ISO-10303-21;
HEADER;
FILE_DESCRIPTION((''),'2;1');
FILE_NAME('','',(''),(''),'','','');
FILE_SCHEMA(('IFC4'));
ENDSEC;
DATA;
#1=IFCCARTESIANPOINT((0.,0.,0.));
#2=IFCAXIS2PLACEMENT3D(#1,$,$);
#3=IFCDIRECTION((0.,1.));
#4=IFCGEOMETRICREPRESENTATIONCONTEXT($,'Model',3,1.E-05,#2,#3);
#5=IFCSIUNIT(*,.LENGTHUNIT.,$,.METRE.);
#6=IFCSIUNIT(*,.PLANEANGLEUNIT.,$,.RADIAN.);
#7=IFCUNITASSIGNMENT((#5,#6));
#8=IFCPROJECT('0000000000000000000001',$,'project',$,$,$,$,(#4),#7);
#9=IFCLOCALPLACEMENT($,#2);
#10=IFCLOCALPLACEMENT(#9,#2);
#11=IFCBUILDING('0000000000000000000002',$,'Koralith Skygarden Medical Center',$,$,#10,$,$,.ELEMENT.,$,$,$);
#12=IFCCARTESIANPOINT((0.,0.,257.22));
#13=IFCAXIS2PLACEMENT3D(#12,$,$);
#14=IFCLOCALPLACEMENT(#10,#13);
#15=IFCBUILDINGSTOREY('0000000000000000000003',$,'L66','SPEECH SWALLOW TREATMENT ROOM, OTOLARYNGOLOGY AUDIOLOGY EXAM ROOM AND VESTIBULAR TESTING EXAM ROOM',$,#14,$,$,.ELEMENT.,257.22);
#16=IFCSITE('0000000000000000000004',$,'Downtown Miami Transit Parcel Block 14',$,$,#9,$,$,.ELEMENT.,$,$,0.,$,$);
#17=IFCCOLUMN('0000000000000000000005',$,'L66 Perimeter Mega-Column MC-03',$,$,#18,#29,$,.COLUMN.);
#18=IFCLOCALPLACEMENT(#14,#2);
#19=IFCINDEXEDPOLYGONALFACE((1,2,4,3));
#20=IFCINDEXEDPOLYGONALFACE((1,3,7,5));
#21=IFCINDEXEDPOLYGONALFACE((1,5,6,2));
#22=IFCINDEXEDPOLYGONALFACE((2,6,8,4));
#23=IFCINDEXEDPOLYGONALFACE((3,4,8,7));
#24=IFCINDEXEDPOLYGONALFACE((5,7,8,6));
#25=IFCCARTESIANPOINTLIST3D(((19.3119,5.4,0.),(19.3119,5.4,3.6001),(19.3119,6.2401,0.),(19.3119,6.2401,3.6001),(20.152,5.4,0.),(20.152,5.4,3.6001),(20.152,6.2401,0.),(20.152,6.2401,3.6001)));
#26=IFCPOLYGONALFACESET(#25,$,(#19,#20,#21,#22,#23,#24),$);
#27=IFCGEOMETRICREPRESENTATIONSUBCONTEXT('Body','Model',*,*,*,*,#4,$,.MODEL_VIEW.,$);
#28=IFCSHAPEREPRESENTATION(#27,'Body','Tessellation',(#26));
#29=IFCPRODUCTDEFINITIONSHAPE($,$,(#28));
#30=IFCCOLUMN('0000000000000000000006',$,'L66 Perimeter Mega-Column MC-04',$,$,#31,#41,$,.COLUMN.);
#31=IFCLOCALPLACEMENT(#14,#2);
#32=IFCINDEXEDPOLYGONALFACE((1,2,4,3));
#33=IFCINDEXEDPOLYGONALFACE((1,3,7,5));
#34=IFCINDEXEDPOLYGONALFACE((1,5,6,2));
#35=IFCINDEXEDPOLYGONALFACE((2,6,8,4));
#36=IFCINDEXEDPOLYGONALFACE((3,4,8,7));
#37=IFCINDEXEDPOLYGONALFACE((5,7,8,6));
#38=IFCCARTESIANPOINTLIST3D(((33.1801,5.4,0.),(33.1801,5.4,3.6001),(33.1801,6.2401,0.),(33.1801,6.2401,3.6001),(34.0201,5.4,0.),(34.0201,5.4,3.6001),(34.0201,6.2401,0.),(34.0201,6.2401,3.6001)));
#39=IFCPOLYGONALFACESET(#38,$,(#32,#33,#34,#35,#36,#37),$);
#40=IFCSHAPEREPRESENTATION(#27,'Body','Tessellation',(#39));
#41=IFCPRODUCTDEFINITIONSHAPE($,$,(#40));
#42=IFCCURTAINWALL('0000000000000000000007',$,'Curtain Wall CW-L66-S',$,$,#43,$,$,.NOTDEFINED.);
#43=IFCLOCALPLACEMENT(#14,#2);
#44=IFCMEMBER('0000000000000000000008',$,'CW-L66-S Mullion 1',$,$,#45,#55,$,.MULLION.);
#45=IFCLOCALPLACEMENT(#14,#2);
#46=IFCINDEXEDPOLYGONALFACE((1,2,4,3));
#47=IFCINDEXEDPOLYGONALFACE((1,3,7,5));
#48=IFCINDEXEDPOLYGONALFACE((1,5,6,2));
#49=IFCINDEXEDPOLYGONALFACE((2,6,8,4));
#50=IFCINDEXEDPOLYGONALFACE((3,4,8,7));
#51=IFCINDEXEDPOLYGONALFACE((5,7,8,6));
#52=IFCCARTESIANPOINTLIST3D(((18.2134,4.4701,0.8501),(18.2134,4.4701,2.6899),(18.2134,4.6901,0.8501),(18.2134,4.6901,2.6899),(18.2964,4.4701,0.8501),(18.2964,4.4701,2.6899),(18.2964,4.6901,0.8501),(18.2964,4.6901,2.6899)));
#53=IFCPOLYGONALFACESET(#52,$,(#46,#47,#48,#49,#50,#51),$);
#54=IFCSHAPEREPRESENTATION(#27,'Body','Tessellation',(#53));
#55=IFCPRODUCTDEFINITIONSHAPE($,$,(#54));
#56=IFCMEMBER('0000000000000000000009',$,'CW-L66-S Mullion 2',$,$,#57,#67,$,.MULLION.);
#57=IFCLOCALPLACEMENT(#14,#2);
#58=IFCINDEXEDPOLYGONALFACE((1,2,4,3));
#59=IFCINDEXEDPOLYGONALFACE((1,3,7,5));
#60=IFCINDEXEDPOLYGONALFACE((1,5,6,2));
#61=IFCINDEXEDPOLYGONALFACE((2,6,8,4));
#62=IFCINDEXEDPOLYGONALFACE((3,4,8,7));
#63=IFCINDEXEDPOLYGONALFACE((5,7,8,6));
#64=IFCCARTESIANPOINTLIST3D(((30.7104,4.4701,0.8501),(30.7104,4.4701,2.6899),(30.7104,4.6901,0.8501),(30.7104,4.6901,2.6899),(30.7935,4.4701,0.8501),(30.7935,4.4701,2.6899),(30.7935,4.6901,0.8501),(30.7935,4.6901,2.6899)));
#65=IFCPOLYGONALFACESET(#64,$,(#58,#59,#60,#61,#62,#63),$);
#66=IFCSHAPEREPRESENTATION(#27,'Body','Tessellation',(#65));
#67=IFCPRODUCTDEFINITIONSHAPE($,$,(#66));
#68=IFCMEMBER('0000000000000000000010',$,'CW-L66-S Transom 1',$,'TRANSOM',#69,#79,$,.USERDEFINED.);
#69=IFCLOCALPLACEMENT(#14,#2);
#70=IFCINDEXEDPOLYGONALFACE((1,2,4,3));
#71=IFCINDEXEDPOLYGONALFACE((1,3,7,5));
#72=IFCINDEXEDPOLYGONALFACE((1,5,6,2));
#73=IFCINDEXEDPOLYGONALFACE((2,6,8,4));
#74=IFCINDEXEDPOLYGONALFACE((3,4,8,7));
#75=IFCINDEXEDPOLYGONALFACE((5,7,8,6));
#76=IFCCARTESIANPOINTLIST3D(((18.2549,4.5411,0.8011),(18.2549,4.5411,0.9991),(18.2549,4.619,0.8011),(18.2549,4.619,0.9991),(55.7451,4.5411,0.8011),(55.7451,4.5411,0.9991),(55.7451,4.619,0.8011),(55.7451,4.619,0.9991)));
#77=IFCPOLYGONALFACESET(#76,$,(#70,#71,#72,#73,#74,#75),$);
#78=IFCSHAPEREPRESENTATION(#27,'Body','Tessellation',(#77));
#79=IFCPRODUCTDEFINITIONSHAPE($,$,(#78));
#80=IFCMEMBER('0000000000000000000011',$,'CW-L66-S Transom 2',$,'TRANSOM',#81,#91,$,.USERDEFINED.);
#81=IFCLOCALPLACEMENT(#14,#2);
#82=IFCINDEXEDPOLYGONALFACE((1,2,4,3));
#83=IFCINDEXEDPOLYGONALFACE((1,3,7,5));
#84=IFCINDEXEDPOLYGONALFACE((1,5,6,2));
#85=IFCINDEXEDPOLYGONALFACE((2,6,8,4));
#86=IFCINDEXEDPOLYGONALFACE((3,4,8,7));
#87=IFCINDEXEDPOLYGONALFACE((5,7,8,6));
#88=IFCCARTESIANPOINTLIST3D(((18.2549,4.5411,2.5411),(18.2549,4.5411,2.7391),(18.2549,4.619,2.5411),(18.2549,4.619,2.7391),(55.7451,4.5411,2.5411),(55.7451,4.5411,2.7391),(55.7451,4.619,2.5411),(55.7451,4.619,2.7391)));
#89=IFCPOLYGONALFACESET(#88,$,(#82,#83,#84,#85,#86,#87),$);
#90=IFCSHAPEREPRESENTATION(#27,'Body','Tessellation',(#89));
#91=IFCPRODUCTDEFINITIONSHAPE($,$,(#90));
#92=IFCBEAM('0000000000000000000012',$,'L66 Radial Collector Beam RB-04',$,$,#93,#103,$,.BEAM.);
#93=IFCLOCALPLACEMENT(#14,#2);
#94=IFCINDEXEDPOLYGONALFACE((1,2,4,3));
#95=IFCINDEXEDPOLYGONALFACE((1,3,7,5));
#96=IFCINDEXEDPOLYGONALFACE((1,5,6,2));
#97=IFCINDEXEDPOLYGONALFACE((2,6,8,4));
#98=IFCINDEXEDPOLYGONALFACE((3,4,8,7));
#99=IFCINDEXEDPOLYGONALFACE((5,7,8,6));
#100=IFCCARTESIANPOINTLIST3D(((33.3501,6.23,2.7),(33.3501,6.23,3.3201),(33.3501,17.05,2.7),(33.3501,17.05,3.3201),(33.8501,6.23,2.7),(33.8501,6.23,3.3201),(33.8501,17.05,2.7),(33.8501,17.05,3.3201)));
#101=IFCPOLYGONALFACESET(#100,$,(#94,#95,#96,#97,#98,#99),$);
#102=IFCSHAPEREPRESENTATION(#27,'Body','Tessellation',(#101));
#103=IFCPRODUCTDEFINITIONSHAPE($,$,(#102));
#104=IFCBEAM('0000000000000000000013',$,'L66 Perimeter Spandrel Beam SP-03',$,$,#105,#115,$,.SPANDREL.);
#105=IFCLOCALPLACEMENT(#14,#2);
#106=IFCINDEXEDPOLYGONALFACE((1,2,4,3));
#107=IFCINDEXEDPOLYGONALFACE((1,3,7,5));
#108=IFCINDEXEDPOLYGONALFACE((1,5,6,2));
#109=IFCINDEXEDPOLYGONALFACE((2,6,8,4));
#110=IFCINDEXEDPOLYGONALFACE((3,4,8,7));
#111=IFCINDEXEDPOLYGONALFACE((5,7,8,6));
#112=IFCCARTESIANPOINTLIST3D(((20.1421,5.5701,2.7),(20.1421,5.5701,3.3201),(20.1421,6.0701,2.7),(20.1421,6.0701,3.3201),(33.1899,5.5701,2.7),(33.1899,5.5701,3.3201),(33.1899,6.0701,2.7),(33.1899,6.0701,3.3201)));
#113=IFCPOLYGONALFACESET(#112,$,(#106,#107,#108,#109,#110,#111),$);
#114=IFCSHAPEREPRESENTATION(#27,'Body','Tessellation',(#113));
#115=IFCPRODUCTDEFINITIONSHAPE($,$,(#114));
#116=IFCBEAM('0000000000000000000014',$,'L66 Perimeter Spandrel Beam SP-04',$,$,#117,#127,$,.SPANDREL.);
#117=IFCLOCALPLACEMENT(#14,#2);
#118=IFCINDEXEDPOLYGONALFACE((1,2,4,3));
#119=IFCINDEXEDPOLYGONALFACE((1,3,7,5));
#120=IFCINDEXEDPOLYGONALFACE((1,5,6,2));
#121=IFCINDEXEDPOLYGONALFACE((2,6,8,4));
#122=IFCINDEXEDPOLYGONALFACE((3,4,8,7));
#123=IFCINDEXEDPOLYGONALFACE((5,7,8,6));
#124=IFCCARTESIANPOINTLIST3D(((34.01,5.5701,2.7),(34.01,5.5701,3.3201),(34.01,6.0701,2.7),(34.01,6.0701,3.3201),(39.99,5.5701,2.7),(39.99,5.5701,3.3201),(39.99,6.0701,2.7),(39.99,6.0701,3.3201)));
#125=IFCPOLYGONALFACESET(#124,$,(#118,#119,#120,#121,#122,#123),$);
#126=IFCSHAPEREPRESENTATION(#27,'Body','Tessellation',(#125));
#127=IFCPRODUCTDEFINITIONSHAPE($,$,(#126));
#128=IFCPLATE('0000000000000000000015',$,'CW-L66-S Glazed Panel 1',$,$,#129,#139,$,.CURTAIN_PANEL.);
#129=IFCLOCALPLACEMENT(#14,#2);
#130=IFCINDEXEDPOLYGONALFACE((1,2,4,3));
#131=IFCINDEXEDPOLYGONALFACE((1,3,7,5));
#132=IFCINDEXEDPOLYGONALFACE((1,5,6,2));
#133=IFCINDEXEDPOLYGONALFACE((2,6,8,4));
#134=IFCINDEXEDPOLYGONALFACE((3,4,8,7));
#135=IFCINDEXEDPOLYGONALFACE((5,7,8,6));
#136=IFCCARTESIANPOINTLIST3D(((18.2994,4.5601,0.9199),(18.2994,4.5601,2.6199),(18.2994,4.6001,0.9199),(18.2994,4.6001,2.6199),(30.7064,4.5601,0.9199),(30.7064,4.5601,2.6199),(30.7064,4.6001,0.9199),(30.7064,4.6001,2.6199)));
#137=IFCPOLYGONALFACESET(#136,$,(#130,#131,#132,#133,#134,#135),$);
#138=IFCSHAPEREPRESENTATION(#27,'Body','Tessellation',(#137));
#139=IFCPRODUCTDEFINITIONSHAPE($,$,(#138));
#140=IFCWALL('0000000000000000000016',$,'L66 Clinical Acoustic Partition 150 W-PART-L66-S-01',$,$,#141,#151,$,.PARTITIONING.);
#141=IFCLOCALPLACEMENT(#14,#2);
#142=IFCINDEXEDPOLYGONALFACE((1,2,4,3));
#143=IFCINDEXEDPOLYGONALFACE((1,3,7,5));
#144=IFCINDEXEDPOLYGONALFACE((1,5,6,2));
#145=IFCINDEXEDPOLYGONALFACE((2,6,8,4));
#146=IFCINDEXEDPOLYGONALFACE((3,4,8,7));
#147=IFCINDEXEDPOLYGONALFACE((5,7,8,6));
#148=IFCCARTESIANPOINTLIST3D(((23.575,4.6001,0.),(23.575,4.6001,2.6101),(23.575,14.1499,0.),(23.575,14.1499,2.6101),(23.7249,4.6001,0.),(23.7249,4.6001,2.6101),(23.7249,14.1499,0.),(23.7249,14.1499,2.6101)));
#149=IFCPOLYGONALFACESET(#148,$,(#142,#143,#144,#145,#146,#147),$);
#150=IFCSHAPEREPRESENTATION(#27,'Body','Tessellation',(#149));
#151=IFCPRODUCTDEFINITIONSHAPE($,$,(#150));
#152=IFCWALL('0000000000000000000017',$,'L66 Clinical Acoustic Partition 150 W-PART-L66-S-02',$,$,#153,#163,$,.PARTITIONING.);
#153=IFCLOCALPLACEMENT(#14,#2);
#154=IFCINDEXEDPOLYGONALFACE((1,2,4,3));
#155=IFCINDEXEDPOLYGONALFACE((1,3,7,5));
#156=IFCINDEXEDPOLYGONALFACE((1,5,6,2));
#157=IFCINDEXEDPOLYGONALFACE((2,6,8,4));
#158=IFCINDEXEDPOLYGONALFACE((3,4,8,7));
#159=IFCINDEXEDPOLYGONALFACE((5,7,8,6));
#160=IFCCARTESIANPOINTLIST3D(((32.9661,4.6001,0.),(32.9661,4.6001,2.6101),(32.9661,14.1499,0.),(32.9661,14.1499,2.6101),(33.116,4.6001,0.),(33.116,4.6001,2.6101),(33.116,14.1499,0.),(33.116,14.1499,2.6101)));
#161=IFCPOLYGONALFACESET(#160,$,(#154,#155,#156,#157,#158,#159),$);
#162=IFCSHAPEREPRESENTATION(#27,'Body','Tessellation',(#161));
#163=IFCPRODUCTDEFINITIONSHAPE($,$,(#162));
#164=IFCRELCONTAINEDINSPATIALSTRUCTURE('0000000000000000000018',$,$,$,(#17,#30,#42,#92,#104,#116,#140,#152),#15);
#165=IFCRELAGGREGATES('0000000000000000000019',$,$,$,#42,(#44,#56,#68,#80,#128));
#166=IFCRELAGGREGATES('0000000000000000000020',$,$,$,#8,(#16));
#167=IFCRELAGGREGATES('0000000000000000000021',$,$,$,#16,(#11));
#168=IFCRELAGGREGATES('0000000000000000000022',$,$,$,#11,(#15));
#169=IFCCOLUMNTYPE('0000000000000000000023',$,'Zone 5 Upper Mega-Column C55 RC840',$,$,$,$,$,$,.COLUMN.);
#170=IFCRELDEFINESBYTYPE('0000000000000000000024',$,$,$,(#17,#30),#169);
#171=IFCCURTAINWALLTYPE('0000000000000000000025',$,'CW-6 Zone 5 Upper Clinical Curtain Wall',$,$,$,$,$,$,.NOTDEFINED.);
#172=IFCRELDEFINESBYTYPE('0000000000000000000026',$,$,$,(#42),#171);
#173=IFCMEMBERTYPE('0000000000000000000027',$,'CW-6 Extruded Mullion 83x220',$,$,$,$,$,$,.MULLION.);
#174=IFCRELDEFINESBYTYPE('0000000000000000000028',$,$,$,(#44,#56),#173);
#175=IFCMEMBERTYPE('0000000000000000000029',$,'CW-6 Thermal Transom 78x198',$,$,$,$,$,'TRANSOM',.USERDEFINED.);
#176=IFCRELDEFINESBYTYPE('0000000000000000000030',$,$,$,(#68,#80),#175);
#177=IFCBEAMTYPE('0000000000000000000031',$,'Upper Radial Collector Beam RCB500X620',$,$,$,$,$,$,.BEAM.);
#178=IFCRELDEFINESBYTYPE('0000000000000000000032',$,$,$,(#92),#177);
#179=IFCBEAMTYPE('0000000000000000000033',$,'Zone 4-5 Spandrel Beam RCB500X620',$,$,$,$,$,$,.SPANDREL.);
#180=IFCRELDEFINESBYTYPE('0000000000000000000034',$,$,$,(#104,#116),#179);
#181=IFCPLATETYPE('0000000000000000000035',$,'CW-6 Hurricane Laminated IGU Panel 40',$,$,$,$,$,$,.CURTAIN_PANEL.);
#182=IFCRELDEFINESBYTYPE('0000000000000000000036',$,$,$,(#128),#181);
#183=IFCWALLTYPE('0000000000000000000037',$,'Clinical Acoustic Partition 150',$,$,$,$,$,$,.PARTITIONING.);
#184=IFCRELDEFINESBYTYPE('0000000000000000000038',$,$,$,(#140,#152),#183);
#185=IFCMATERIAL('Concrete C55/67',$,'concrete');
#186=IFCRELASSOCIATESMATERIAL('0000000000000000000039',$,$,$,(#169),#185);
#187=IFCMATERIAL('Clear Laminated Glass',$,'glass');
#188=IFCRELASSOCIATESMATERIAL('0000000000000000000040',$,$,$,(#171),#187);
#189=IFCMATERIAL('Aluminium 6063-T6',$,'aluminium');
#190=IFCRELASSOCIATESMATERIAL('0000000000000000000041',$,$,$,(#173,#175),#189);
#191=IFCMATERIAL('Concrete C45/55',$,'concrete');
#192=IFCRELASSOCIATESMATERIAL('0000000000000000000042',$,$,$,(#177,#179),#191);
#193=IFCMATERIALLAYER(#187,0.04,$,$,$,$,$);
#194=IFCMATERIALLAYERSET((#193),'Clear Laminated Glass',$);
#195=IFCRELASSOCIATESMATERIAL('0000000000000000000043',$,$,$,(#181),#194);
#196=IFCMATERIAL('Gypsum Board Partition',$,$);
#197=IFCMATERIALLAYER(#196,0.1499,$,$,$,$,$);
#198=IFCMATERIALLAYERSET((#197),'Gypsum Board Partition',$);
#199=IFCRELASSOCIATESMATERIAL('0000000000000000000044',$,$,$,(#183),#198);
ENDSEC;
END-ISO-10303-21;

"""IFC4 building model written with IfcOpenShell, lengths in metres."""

from ifc_helpers import new_model, si_unit, direction, frame, frame_2d, origin, origin_2d, place, context, subcontext, project, spatial, rectangle, extrude, material, layer, layer_set, material_profile, profile_set, type_object, element, aggregate, save


model = new_model("IFC4")

# Units and contexts
model_context = context("Model", 3, precision=1e-05, world=origin(), true_north=direction((0.0, 1.0)))
body_context = subcontext(model_context, "Body", "Model", "MODEL_VIEW")
ifc_project = project(units=[si_unit("LENGTHUNIT", "METRE"), si_unit("PLANEANGLEUNIT", "RADIAN")], contexts=[model_context])

# Site, building, storey
site_placement = place(None, origin())
site = spatial("IfcSite", under=ifc_project, at=site_placement, Name="Downtown Miami Transit Parcel Block 14", CompositionType="ELEMENT", RefElevation=0.0)
building_placement = place(site_placement, origin())
building = spatial("IfcBuilding", under=site, at=building_placement, Name="Koralith Skygarden Medical Center", CompositionType="ELEMENT")
storey_placement = place(building_placement, frame((0.0, 0.0, 257.22)))
storey = spatial("IfcBuildingStorey", under=building, at=storey_placement, Name="L66", Description="SPEECH SWALLOW TREATMENT ROOM, OTOLARYNGOLOGY AUDIOLOGY EXAM ROOM AND VESTIBULAR TESTING EXAM ROOM", CompositionType="ELEMENT", Elevation=257.22)

# Columns
ifc_material_1 = material(Name="Concrete C55/67", Category="concrete")
ifc_material_profile_1 = material_profile(ifc_material_1, rectangle(XDim=0.8401, YDim=0.8401, at=origin_2d()), Name="RC840X840")
ifc_profile_set_1 = profile_set([ifc_material_profile_1], Name="Concrete C55/67")
column_type = type_object("IfcColumnType", Name="Zone 5 Upper Mega-Column C55 RC840", PredefinedType="COLUMN", material=ifc_profile_set_1)
for number, where, z_axis, x_axis, name in (
    (1, (19.7319, 5.8201, 0.0), (0.0, 0.0, 1.0), (1.0, 0.0, 0.0), "L66 Perimeter Mega-Column MC-03"),
    (2, (33.6001, 5.8201, 0.0), (0.0, 0.0, 1.0), (1.0, 0.0, 0.0), "L66 Perimeter Mega-Column MC-04"),
):
    element("IfcColumn", number, at=place(storey_placement, frame(where, z_axis=z_axis, x_axis=x_axis)), inside=storey, type_object=column_type, Name=name, PredefinedType="COLUMN", context=body_context, shape_type="SweptSolid", body=[
        extrude(rectangle(XDim=0.8401, YDim=0.8401, at=origin_2d()), origin(), (0.0, 0.0, 1.0), 3.6001),
    ])

# Curtain wall, members
ifc_material_2 = material(Name="Clear Laminated Glass", Category="glass")
curtain_wall_type = type_object("IfcCurtainWallType", Name="CW-6 Zone 5 Upper Clinical Curtain Wall", PredefinedType="NOTDEFINED", material=ifc_material_2)
curtain_wall_placement = place(storey_placement, origin())
curtain_wall = element("IfcCurtainWall", 3, at=curtain_wall_placement, inside=storey, type_object=curtain_wall_type, Name="Curtain Wall CW-L66-S", PredefinedType="NOTDEFINED")
ifc_material_3 = material(Name="Aluminium 6063-T6", Category="aluminium")
ifc_material_profile_2 = material_profile(ifc_material_3, rectangle(XDim=0.083, YDim=0.22, at=origin_2d()), Name="MUL83X220")
ifc_profile_set_2 = profile_set([ifc_material_profile_2], Name="Aluminium 6063-T6")
member_type_1 = type_object("IfcMemberType", Name="CW-6 Extruded Mullion 83x220", PredefinedType="MULLION", material=ifc_profile_set_2)
member_1_placement = place(storey_placement, frame((18.2549, 4.5801, 0.8501), z_axis=(0.0, 0.0, 1.0), x_axis=(1.0, 0.0, 0.0)))
member_1 = element("IfcMember", 4, at=member_1_placement, type_object=member_type_1, Name="CW-L66-S Mullion 1", PredefinedType="MULLION", context=body_context, shape_type="SweptSolid", body=[
    extrude(rectangle(XDim=0.083, YDim=0.22, at=origin_2d()), origin(), (0.0, 0.0, 1.0), 1.8398),
])
member_2_placement = place(storey_placement, frame((30.752, 4.5801, 0.8501), z_axis=(0.0, 0.0, 1.0), x_axis=(1.0, 0.0, 0.0)))
member_2 = element("IfcMember", 5, at=member_2_placement, type_object=member_type_1, Name="CW-L66-S Mullion 2", PredefinedType="MULLION", context=body_context, shape_type="SweptSolid", body=[
    extrude(rectangle(XDim=0.083, YDim=0.22, at=origin_2d()), origin(), (0.0, 0.0, 1.0), 1.8398),
])
ifc_material_profile_3 = material_profile(ifc_material_3, rectangle(XDim=0.0779, YDim=0.198, at=origin_2d()), Name="TRN78X198")
ifc_profile_set_3 = profile_set([ifc_material_profile_3], Name="Aluminium 6063-T6")
member_type_2 = type_object("IfcMemberType", Name="CW-6 Thermal Transom 78x198", ElementType="TRANSOM", PredefinedType="USERDEFINED", material=ifc_profile_set_3)
member_3_placement = place(storey_placement, frame((18.2549, 4.5801, 0.9001), z_axis=(1.0, 0.0, 0.0), x_axis=(0.0, 1.0, 0.0)))
member_3 = element("IfcMember", 6, at=member_3_placement, type_object=member_type_2, Name="CW-L66-S Transom 1", ObjectType="TRANSOM", PredefinedType="USERDEFINED", context=body_context, shape_type="SweptSolid", body=[
    extrude(rectangle(XDim=0.0779, YDim=0.198, at=origin_2d()), origin(), (0.0, 0.0, 1.0), 37.4902),
])
member_4_placement = place(storey_placement, frame((18.2549, 4.5801, 2.6401), z_axis=(1.0, 0.0, 0.0), x_axis=(0.0, 1.0, 0.0)))
member_4 = element("IfcMember", 7, at=member_4_placement, type_object=member_type_2, Name="CW-L66-S Transom 2", ObjectType="TRANSOM", PredefinedType="USERDEFINED", context=body_context, shape_type="SweptSolid", body=[
    extrude(rectangle(XDim=0.0779, YDim=0.198, at=origin_2d()), origin(), (0.0, 0.0, 1.0), 37.4902),
])

# Beams
ifc_material_4 = material(Name="Concrete C45/55", Category="concrete")
ifc_material_profile_4 = material_profile(ifc_material_4, rectangle(XDim=0.5, YDim=0.6201, at=origin_2d()), Name="RCB500X620")
ifc_profile_set_4 = profile_set([ifc_material_profile_4], Name="Concrete C45/55")
beam_type_1 = type_object("IfcBeamType", Name="Upper Radial Collector Beam RCB500X620", PredefinedType="BEAM", material=ifc_profile_set_4)
beam_1_placement = place(storey_placement, frame((33.6001, 17.05, 3.01), z_axis=(0.0, -1.0, 0.0), x_axis=(1.0, 0.0, 0.0)))
element("IfcBeam", 8, at=beam_1_placement, inside=storey, type_object=beam_type_1, Name="L66 Radial Collector Beam RB-04", PredefinedType="BEAM", context=body_context, shape_type="SweptSolid", body=[
    extrude(rectangle(XDim=0.5, YDim=0.6201, at=origin_2d()), origin(), (0.0, 0.0, 1.0), 10.8201),
])
ifc_material_profile_5 = material_profile(ifc_material_4, rectangle(XDim=0.5, YDim=0.6201, at=origin_2d()), Name="RCB500X620")
ifc_profile_set_5 = profile_set([ifc_material_profile_5], Name="Concrete C45/55")
beam_type_2 = type_object("IfcBeamType", Name="Zone 4-5 Spandrel Beam RCB500X620", PredefinedType="SPANDREL", material=ifc_profile_set_5)
beam_2_placement = place(storey_placement, frame((20.1421, 5.8201, 3.01), z_axis=(1.0, 0.0, 0.0), x_axis=(0.0, 1.0, 0.0)))
element("IfcBeam", 9, at=beam_2_placement, inside=storey, type_object=beam_type_2, Name="L66 Perimeter Spandrel Beam SP-03", PredefinedType="SPANDREL", context=body_context, shape_type="SweptSolid", body=[
    extrude(rectangle(XDim=0.5, YDim=0.6201, at=origin_2d()), origin(), (0.0, 0.0, 1.0), 13.0479),
])
beam_3_placement = place(storey_placement, frame((34.01, 5.8201, 3.01), z_axis=(1.0, 0.0, 0.0), x_axis=(0.0, 1.0, 0.0)))
element("IfcBeam", 10, at=beam_3_placement, inside=storey, type_object=beam_type_2, Name="L66 Perimeter Spandrel Beam SP-04", PredefinedType="SPANDREL", context=body_context, shape_type="SweptSolid", body=[
    extrude(rectangle(XDim=0.5, YDim=0.6201, at=origin_2d()), origin(), (0.0, 0.0, 1.0), 5.98),
])

# Plate
ifc_layer_1 = layer(ifc_material_2, 0.04)
ifc_layer_set_1 = layer_set([ifc_layer_1], Name="Clear Laminated Glass")
plate_type = type_object("IfcPlateType", Name="CW-6 Hurricane Laminated IGU Panel 40", PredefinedType="CURTAIN_PANEL", material=ifc_layer_set_1)
plate_placement = place(storey_placement, frame((24.5029, 4.5801, 0.9199), z_axis=(0.0, 0.0, 1.0), x_axis=(1.0, 0.0, 0.0)))
plate = element("IfcPlate", 11, at=plate_placement, type_object=plate_type, Name="CW-L66-S Glazed Panel 1", PredefinedType="CURTAIN_PANEL", context=body_context, shape_type="SweptSolid", body=[
    extrude(rectangle(XDim=12.407, YDim=0.04, at=origin_2d()), origin(), (0.0, 0.0, 1.0), 1.7),
])
aggregate(curtain_wall, [member_1, member_2, member_3, member_4, plate])

# Walls
ifc_material_5 = material(Name="Gypsum Board Partition")
ifc_layer_2 = layer(ifc_material_5, 0.1499)
ifc_layer_set_2 = layer_set([ifc_layer_2], Name="Gypsum Board Partition")
wall_type_1 = type_object("IfcWallType", Name="Clinical Acoustic Partition 150", PredefinedType="PARTITIONING", material=ifc_layer_set_2)
for number, where, z_axis, x_axis, name in (
    (12, (23.6499, 14.1499, 0.0), (0.0, 0.0, 1.0), (0.0, -1.0, 0.0), "L66 Clinical Acoustic Partition 150 W-PART-L66-S-01"),
    (13, (33.041, 14.1499, 0.0), (0.0, 0.0, 1.0), (0.0, -1.0, 0.0), "L66 Clinical Acoustic Partition 150 W-PART-L66-S-02"),
):
    element("IfcWall", number, at=place(storey_placement, frame(where, z_axis=z_axis, x_axis=x_axis)), inside=storey, type_object=wall_type_1, Name=name, PredefinedType="PARTITIONING", context=body_context, shape_type="SweptSolid", body=[
        extrude(rectangle(XDim=9.5498, YDim=0.1499, at=frame_2d((4.7749, 0.0))), origin(), (0.0, 0.0, 1.0), 2.6101),
    ])

save(model, "model.ifc")
